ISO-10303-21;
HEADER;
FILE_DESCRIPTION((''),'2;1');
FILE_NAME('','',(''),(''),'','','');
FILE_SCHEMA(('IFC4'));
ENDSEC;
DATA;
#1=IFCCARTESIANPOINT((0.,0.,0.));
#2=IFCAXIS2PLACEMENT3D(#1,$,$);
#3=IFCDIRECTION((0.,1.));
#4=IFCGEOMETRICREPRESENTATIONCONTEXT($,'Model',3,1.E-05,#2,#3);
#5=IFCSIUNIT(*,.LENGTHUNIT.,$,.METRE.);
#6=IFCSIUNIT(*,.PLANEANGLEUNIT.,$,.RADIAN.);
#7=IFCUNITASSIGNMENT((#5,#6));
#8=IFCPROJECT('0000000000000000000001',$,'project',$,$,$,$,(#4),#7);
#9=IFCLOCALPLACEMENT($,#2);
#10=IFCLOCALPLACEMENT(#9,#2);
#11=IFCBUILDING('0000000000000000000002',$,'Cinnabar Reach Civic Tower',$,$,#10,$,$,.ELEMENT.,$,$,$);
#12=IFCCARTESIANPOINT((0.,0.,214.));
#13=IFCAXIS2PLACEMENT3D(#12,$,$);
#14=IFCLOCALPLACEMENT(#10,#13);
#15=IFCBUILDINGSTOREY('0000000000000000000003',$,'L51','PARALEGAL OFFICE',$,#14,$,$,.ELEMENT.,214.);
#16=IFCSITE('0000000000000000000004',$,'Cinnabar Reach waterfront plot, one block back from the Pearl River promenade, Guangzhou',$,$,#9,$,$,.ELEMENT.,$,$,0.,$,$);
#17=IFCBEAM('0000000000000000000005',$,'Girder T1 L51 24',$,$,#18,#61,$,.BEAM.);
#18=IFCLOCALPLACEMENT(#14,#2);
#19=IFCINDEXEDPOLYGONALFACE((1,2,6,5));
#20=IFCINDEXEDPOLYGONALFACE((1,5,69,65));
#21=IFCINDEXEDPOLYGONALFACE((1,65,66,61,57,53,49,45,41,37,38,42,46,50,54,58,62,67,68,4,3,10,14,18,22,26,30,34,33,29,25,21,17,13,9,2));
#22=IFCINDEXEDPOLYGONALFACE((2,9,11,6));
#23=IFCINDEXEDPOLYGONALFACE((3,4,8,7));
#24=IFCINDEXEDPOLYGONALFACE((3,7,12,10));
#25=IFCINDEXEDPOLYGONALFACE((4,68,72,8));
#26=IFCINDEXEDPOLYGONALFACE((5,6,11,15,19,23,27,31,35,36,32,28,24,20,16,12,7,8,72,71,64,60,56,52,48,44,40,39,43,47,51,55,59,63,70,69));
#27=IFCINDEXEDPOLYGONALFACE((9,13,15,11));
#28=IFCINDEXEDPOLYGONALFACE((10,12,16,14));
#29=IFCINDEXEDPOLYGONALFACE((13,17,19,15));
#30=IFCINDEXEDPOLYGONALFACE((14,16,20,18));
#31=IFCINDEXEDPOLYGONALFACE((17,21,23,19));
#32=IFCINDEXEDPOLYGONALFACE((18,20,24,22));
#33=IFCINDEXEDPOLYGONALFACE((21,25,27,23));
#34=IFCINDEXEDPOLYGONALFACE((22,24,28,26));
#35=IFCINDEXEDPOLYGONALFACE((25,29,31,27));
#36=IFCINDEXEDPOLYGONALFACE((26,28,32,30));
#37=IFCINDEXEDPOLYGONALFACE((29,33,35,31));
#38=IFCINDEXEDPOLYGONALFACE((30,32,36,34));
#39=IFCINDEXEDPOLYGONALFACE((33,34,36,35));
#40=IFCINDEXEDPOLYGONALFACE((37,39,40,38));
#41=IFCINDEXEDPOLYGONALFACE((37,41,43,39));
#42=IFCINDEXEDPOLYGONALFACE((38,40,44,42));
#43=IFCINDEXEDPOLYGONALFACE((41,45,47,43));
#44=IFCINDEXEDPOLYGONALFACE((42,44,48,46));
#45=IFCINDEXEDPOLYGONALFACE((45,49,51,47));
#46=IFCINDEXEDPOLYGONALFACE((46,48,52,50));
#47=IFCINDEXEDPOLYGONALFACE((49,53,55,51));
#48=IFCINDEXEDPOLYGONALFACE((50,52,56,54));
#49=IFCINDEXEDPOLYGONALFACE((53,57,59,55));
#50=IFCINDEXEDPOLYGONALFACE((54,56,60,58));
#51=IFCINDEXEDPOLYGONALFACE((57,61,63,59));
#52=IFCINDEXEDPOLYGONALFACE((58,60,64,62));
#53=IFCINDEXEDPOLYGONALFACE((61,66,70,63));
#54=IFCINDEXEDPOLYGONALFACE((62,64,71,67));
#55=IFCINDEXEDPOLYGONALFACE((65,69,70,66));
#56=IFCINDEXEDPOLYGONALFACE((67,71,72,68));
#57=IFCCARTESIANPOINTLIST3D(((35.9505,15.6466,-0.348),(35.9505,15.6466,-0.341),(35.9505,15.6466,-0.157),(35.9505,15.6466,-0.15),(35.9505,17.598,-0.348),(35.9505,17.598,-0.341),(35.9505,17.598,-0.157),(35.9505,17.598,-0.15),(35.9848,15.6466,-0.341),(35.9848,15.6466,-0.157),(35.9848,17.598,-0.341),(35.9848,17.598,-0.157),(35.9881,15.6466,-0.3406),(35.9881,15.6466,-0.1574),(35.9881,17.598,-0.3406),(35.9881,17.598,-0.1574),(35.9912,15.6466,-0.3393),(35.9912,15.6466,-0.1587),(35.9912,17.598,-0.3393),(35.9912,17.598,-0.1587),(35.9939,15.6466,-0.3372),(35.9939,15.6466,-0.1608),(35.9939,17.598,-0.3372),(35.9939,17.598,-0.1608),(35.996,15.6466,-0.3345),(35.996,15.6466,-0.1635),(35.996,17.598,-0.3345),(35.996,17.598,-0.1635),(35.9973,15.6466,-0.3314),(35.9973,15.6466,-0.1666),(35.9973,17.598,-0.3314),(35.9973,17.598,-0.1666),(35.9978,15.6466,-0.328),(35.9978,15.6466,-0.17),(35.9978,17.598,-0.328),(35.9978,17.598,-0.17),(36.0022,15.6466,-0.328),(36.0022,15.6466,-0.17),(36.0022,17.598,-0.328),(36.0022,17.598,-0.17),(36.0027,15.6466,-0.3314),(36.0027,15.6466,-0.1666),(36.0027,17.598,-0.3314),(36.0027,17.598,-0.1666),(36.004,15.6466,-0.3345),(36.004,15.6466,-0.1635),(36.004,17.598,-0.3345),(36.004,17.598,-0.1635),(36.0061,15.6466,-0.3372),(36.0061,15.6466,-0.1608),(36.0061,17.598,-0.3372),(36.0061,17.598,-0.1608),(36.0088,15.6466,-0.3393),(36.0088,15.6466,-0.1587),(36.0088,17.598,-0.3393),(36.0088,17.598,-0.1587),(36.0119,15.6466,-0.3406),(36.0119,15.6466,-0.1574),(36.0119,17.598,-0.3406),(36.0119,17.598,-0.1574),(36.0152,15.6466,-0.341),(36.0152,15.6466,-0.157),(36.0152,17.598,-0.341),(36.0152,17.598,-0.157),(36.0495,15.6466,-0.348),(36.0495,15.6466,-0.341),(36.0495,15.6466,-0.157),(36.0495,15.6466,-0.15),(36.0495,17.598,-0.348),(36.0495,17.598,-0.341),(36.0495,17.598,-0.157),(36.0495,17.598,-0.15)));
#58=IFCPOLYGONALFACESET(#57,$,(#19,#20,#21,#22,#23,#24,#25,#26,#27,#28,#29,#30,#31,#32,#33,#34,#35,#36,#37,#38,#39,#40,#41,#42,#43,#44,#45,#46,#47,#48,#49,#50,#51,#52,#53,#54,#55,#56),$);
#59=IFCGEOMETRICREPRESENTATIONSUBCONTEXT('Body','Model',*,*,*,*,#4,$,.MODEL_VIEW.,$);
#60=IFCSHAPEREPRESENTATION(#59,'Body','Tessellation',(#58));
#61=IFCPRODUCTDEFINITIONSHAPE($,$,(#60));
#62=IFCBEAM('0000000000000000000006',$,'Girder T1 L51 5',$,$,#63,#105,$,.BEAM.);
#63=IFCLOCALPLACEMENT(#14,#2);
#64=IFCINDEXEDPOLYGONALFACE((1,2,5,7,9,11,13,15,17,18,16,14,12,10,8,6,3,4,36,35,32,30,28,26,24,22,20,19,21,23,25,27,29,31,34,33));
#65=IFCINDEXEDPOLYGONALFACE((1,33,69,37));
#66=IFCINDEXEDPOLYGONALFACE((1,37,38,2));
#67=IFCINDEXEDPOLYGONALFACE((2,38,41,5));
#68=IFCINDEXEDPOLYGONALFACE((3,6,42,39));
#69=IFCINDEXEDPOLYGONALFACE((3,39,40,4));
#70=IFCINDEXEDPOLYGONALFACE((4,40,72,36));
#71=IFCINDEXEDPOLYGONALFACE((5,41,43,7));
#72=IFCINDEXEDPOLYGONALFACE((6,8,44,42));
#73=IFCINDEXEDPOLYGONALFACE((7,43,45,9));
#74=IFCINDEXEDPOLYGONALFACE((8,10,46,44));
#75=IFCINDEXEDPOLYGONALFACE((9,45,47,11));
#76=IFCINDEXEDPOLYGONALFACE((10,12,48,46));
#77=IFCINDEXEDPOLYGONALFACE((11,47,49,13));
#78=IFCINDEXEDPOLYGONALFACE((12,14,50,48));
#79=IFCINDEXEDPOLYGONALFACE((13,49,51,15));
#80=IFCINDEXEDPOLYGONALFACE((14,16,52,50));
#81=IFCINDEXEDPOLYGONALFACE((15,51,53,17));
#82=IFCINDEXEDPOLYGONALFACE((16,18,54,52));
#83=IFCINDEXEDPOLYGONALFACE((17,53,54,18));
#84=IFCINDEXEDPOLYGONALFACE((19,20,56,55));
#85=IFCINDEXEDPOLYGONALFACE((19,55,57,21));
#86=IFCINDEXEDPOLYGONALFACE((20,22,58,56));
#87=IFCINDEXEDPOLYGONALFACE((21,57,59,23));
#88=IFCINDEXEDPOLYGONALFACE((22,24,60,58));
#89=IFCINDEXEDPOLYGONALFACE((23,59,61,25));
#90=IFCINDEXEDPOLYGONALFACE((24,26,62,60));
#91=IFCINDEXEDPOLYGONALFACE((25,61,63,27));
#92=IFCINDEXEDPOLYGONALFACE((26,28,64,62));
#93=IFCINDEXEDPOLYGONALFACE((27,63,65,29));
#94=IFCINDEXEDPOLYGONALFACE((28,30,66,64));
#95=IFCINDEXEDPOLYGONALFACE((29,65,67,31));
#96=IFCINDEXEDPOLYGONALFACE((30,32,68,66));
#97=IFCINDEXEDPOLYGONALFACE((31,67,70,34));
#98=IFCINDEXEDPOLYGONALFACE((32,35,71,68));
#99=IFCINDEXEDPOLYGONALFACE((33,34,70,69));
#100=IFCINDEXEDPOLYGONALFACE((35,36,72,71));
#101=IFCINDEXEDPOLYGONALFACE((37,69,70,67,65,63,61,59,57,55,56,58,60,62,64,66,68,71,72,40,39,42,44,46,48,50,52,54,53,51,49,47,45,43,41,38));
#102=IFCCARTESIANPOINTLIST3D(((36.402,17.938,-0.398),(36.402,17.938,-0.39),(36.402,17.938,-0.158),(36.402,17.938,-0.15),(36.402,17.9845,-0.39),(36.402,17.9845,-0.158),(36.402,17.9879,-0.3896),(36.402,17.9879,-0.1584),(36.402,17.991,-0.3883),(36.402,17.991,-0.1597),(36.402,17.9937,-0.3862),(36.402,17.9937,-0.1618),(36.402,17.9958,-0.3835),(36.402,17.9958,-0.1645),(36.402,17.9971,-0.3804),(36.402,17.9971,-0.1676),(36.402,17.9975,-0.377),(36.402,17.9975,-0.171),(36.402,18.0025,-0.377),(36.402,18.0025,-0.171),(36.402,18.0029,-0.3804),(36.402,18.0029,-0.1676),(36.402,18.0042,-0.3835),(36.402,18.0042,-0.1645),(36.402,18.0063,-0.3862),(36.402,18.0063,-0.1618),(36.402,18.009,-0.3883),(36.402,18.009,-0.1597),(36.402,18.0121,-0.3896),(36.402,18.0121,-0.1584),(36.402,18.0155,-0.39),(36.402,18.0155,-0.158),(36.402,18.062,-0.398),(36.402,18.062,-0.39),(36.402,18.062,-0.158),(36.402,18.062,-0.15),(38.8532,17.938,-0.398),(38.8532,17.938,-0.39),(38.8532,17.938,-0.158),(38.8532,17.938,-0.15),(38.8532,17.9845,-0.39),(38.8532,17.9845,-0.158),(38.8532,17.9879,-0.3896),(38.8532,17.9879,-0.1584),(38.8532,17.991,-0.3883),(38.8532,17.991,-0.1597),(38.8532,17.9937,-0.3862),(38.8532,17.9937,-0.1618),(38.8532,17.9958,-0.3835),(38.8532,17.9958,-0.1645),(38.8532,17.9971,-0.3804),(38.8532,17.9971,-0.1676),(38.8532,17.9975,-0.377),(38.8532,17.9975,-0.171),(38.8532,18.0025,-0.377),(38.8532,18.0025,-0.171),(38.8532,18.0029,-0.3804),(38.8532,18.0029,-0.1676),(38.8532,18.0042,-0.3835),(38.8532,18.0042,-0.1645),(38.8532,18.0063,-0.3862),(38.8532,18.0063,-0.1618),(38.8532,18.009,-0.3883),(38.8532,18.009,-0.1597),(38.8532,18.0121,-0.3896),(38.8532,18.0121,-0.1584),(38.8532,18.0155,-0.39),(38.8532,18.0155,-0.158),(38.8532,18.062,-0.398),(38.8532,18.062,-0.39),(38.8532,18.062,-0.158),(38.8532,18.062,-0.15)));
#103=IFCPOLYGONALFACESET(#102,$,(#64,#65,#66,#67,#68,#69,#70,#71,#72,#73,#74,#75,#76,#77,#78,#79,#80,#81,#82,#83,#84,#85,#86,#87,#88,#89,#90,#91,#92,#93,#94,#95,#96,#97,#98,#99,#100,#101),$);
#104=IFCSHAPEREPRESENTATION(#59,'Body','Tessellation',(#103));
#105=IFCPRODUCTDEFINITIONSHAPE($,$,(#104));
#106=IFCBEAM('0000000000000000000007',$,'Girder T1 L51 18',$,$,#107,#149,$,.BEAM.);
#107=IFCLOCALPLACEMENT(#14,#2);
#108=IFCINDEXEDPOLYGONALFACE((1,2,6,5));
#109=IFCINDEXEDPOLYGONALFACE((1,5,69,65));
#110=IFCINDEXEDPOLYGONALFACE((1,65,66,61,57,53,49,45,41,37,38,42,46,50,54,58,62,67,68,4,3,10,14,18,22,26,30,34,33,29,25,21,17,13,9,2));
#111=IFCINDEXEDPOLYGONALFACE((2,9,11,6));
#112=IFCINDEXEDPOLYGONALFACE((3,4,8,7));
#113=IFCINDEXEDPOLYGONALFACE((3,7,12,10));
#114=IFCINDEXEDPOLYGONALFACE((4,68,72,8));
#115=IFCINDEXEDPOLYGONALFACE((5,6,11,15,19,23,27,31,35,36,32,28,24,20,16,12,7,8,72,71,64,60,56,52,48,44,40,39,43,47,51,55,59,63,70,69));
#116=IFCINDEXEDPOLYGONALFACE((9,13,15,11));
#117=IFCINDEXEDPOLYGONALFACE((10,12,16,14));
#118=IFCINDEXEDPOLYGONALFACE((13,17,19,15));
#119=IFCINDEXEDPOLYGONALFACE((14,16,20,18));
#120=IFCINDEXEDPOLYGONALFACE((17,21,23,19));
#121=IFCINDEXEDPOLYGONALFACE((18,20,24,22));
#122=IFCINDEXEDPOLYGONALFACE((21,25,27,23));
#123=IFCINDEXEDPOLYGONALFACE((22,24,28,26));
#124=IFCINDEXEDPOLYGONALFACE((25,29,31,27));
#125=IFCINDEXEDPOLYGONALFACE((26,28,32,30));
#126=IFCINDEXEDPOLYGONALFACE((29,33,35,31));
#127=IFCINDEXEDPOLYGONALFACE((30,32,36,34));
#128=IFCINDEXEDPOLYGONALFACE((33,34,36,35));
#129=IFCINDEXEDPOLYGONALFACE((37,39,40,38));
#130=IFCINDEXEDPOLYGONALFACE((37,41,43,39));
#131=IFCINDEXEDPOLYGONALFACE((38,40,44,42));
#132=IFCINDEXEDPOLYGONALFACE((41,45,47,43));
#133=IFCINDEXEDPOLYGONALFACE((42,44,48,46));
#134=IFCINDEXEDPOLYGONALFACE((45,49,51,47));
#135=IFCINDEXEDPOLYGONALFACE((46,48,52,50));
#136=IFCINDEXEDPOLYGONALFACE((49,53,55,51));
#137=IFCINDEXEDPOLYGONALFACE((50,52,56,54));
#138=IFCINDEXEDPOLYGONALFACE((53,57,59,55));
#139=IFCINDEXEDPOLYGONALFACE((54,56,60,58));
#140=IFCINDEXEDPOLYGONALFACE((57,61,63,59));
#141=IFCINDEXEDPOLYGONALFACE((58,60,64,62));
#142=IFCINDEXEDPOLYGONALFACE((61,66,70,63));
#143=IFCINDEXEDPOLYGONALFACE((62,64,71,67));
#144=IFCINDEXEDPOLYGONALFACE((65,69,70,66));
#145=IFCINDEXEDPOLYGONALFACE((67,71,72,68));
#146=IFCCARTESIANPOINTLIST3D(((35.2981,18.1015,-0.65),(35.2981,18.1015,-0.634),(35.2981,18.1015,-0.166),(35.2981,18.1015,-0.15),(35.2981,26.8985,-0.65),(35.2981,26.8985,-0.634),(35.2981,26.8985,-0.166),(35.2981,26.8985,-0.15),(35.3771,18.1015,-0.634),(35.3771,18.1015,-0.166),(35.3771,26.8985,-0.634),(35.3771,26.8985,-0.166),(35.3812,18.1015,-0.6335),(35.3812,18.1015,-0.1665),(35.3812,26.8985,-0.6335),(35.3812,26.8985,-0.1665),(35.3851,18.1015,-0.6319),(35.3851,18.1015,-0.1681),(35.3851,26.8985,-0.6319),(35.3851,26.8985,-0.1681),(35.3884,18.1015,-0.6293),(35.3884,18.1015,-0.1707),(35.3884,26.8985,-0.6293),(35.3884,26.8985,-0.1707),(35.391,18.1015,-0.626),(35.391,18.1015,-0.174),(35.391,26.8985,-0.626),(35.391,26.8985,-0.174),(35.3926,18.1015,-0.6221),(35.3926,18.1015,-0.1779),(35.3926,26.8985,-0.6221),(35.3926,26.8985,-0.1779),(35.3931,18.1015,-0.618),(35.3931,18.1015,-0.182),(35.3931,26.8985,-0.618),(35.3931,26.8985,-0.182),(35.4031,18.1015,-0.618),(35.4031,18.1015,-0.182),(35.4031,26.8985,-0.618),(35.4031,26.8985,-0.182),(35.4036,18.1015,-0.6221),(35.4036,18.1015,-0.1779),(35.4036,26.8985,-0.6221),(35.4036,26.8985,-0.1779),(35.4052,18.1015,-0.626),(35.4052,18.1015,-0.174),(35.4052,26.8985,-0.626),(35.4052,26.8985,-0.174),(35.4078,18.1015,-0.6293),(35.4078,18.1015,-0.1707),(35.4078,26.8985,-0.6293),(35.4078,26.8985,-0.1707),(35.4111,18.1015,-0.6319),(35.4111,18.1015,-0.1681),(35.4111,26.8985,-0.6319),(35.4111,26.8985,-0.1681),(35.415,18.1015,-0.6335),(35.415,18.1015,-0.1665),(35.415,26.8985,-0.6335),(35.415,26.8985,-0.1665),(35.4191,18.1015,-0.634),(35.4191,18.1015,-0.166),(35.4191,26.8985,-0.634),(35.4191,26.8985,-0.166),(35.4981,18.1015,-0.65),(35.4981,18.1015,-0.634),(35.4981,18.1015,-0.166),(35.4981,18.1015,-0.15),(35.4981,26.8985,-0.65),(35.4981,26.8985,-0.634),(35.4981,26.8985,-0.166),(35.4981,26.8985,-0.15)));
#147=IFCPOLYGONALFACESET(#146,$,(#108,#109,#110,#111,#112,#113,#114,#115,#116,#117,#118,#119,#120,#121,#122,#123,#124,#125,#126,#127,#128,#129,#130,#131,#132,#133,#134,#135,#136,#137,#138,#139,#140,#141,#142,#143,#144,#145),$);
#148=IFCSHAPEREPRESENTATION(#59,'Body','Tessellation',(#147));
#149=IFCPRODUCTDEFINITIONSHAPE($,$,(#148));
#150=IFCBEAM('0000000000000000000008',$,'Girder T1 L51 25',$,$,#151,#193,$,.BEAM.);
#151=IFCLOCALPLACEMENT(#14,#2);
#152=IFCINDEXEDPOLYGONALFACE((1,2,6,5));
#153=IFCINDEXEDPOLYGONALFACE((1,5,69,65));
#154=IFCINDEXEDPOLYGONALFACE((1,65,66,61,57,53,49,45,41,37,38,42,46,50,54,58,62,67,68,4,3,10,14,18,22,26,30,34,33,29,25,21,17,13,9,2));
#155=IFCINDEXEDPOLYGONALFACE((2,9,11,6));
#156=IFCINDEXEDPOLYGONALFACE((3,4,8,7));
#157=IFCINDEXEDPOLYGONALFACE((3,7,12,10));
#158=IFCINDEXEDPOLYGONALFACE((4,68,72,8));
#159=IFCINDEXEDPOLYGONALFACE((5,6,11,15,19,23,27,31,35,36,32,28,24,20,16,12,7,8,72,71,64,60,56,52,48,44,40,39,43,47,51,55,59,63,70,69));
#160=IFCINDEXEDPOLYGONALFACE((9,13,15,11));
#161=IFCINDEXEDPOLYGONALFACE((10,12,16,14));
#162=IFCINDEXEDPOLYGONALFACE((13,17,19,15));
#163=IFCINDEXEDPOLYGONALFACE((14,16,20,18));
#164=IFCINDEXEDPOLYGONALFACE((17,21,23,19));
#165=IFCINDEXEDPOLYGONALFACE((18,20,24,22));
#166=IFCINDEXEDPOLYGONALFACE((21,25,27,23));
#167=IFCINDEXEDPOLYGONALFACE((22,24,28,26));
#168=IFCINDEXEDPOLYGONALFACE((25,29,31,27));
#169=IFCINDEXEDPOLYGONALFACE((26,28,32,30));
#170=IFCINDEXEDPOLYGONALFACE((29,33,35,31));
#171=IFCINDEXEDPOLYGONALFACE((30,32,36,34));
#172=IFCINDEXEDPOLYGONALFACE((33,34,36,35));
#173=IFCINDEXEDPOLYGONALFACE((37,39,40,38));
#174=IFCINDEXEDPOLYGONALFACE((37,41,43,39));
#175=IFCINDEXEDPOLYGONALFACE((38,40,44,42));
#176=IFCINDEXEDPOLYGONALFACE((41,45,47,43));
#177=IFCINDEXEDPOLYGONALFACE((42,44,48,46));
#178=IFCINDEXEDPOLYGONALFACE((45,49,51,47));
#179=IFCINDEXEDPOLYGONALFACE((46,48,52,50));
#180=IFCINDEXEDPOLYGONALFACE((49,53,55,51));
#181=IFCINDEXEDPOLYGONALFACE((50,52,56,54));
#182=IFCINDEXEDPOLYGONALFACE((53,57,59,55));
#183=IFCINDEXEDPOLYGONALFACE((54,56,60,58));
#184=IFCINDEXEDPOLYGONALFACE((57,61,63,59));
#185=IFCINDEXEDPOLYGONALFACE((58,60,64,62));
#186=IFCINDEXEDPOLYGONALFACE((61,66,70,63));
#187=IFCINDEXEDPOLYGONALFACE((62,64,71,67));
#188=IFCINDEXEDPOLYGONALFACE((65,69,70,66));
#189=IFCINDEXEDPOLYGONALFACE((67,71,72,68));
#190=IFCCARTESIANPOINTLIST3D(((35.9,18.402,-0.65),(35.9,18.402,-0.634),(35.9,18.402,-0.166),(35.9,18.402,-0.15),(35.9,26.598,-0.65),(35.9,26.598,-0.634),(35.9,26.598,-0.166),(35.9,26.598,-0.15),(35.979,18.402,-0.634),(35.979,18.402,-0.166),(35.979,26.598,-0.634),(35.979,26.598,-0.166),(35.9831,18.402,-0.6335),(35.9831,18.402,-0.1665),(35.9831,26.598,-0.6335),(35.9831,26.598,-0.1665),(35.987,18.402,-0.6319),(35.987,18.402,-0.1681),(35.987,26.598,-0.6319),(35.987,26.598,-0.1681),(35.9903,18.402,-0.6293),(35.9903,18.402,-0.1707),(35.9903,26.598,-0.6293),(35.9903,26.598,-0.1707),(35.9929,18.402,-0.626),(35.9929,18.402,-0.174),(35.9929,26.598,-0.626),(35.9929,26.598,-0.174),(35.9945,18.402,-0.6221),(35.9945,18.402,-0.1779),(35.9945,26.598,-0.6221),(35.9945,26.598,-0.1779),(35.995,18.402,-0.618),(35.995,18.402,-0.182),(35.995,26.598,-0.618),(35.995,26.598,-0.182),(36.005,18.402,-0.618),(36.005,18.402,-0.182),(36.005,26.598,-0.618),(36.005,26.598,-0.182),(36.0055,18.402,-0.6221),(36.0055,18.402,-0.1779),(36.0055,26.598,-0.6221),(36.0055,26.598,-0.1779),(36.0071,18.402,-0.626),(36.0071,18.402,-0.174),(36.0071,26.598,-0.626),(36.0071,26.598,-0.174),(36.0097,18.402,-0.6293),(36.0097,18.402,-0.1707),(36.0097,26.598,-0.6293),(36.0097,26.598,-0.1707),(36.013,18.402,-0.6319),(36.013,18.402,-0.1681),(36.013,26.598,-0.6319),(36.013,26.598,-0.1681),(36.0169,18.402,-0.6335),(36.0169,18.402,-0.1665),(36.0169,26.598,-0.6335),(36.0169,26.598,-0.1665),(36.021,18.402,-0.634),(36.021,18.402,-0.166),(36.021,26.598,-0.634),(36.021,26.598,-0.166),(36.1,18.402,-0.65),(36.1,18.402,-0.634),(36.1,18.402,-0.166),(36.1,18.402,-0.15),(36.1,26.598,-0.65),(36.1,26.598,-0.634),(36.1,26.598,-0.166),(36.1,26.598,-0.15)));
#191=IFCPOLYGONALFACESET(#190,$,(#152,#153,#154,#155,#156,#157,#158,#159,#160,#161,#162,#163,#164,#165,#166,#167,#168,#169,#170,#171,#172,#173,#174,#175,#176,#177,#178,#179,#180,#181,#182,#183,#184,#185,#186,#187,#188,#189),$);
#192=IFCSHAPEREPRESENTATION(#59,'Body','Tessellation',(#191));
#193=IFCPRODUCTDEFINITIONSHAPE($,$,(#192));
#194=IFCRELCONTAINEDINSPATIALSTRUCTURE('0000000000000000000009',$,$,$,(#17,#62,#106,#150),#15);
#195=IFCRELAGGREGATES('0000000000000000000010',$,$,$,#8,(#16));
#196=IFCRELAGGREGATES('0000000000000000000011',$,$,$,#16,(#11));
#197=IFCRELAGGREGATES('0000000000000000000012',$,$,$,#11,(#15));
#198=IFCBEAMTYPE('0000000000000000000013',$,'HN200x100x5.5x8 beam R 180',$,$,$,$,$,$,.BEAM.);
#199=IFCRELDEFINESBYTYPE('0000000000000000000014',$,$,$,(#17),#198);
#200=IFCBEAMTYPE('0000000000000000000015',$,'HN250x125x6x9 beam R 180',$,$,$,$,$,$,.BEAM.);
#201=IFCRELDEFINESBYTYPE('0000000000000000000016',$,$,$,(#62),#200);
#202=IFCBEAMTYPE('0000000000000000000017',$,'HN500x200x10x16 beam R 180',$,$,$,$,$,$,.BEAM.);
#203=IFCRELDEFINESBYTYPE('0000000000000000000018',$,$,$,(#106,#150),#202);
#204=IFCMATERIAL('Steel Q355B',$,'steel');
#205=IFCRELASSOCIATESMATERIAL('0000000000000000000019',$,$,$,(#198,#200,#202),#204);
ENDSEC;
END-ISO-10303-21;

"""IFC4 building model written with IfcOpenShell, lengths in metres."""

from ifc_helpers import new_model, si_unit, direction, frame, origin, origin_2d, place, context, subcontext, project, spatial, i_section, extrude, material, material_profile, profile_set, type_object, element, save


model = new_model("IFC4")

# Units and contexts
model_context = context("Model", 3, precision=1e-05, world=origin(), true_north=direction((0.0, 1.0)))
body_context = subcontext(model_context, "Body", "Model", "MODEL_VIEW")
ifc_project = project(units=[si_unit("LENGTHUNIT", "METRE"), si_unit("PLANEANGLEUNIT", "RADIAN")], contexts=[model_context])

# Site, building, storey
site_placement = place(None, origin())
site = spatial("IfcSite", under=ifc_project, at=site_placement, Name="Cinnabar Reach waterfront plot, one block back from the Pearl River promenade, Guangzhou", CompositionType="ELEMENT", RefElevation=0.0)
building_placement = place(site_placement, origin())
building = spatial("IfcBuilding", under=site, at=building_placement, Name="Cinnabar Reach Civic Tower", CompositionType="ELEMENT")
storey_placement = place(building_placement, frame((0.0, 0.0, 214.0)))
storey = spatial("IfcBuildingStorey", under=building, at=storey_placement, Name="L51", Description="PARALEGAL OFFICE", CompositionType="ELEMENT", Elevation=214.0)

# Beams
ifc_material_1 = material(Name="Steel Q355B", Category="steel")
ifc_material_profile_1 = material_profile(ifc_material_1, i_section(OverallWidth=0.099, OverallDepth=0.198, WebThickness=0.0045, FlangeThickness=0.007, FilletRadius=0.013, at=origin_2d()), Name="HN200x100x5.5x8")
ifc_profile_set_1 = profile_set([ifc_material_profile_1], Name="Steel Q355B")
beam_type_1 = type_object("IfcBeamType", Name="HN200x100x5.5x8 beam R 180", PredefinedType="BEAM", material=ifc_profile_set_1)
beam_1_placement = place(storey_placement, frame((36.0, 15.6466, -0.249), z_axis=(0.0, 1.0, 0.0), x_axis=(-1.0, 0.0, 0.0)))
element("IfcBeam", 1, at=beam_1_placement, inside=storey, type_object=beam_type_1, Name="Girder T1 L51 24", PredefinedType="BEAM", context=body_context, shape_type="SweptSolid", body=[
    extrude(i_section(OverallWidth=0.099, OverallDepth=0.198, WebThickness=0.0045, FlangeThickness=0.007, FilletRadius=0.013, at=origin_2d()), origin(), (0.0, 0.0, 1.0), 1.9514),
])
ifc_material_profile_2 = material_profile(ifc_material_1, i_section(OverallWidth=0.124, OverallDepth=0.248, WebThickness=0.005, FlangeThickness=0.008, FilletRadius=0.013, at=origin_2d()), Name="HN250x125x6x9")
ifc_profile_set_2 = profile_set([ifc_material_profile_2], Name="Steel Q355B")
beam_type_2 = type_object("IfcBeamType", Name="HN250x125x6x9 beam R 180", PredefinedType="BEAM", material=ifc_profile_set_2)
beam_2_placement = place(storey_placement, frame((36.402, 18.0, -0.274), z_axis=(1.0, 0.0, 0.0), x_axis=(0.0, 1.0, 0.0)))
element("IfcBeam", 2, at=beam_2_placement, inside=storey, type_object=beam_type_2, Name="Girder T1 L51 5", PredefinedType="BEAM", context=body_context, shape_type="SweptSolid", body=[
    extrude(i_section(OverallWidth=0.124, OverallDepth=0.248, WebThickness=0.005, FlangeThickness=0.008, FilletRadius=0.013, at=origin_2d()), origin(), (0.0, 0.0, 1.0), 2.4512),
])
ifc_material_profile_3 = material_profile(ifc_material_1, i_section(OverallWidth=0.2, OverallDepth=0.5, WebThickness=0.01, FlangeThickness=0.016, FilletRadius=0.016, at=origin_2d()), Name="HN500x200x10x16")
ifc_profile_set_3 = profile_set([ifc_material_profile_3], Name="Steel Q355B")
beam_type_3 = type_object("IfcBeamType", Name="HN500x200x10x16 beam R 180", PredefinedType="BEAM", material=ifc_profile_set_3)
beam_3_placement = place(storey_placement, frame((35.3981, 18.1015, -0.4), z_axis=(0.0, 1.0, 0.0), x_axis=(-1.0, 0.0, 0.0)))
element("IfcBeam", 3, at=beam_3_placement, inside=storey, type_object=beam_type_3, Name="Girder T1 L51 18", PredefinedType="BEAM", context=body_context, shape_type="SweptSolid", body=[
    extrude(i_section(OverallWidth=0.2, OverallDepth=0.5, WebThickness=0.01, FlangeThickness=0.016, FilletRadius=0.016, at=origin_2d()), origin(), (0.0, 0.0, 1.0), 8.797),
])
beam_4_placement = place(storey_placement, frame((36.0, 18.402, -0.4), z_axis=(0.0, 1.0, 0.0), x_axis=(-1.0, 0.0, 0.0)))
element("IfcBeam", 4, at=beam_4_placement, inside=storey, type_object=beam_type_3, Name="Girder T1 L51 25", PredefinedType="BEAM", context=body_context, shape_type="SweptSolid", body=[
    extrude(i_section(OverallWidth=0.2, OverallDepth=0.5, WebThickness=0.01, FlangeThickness=0.016, FilletRadius=0.016, at=origin_2d()), origin(), (0.0, 0.0, 1.0), 8.196),
])

save(model, "model.ifc")
